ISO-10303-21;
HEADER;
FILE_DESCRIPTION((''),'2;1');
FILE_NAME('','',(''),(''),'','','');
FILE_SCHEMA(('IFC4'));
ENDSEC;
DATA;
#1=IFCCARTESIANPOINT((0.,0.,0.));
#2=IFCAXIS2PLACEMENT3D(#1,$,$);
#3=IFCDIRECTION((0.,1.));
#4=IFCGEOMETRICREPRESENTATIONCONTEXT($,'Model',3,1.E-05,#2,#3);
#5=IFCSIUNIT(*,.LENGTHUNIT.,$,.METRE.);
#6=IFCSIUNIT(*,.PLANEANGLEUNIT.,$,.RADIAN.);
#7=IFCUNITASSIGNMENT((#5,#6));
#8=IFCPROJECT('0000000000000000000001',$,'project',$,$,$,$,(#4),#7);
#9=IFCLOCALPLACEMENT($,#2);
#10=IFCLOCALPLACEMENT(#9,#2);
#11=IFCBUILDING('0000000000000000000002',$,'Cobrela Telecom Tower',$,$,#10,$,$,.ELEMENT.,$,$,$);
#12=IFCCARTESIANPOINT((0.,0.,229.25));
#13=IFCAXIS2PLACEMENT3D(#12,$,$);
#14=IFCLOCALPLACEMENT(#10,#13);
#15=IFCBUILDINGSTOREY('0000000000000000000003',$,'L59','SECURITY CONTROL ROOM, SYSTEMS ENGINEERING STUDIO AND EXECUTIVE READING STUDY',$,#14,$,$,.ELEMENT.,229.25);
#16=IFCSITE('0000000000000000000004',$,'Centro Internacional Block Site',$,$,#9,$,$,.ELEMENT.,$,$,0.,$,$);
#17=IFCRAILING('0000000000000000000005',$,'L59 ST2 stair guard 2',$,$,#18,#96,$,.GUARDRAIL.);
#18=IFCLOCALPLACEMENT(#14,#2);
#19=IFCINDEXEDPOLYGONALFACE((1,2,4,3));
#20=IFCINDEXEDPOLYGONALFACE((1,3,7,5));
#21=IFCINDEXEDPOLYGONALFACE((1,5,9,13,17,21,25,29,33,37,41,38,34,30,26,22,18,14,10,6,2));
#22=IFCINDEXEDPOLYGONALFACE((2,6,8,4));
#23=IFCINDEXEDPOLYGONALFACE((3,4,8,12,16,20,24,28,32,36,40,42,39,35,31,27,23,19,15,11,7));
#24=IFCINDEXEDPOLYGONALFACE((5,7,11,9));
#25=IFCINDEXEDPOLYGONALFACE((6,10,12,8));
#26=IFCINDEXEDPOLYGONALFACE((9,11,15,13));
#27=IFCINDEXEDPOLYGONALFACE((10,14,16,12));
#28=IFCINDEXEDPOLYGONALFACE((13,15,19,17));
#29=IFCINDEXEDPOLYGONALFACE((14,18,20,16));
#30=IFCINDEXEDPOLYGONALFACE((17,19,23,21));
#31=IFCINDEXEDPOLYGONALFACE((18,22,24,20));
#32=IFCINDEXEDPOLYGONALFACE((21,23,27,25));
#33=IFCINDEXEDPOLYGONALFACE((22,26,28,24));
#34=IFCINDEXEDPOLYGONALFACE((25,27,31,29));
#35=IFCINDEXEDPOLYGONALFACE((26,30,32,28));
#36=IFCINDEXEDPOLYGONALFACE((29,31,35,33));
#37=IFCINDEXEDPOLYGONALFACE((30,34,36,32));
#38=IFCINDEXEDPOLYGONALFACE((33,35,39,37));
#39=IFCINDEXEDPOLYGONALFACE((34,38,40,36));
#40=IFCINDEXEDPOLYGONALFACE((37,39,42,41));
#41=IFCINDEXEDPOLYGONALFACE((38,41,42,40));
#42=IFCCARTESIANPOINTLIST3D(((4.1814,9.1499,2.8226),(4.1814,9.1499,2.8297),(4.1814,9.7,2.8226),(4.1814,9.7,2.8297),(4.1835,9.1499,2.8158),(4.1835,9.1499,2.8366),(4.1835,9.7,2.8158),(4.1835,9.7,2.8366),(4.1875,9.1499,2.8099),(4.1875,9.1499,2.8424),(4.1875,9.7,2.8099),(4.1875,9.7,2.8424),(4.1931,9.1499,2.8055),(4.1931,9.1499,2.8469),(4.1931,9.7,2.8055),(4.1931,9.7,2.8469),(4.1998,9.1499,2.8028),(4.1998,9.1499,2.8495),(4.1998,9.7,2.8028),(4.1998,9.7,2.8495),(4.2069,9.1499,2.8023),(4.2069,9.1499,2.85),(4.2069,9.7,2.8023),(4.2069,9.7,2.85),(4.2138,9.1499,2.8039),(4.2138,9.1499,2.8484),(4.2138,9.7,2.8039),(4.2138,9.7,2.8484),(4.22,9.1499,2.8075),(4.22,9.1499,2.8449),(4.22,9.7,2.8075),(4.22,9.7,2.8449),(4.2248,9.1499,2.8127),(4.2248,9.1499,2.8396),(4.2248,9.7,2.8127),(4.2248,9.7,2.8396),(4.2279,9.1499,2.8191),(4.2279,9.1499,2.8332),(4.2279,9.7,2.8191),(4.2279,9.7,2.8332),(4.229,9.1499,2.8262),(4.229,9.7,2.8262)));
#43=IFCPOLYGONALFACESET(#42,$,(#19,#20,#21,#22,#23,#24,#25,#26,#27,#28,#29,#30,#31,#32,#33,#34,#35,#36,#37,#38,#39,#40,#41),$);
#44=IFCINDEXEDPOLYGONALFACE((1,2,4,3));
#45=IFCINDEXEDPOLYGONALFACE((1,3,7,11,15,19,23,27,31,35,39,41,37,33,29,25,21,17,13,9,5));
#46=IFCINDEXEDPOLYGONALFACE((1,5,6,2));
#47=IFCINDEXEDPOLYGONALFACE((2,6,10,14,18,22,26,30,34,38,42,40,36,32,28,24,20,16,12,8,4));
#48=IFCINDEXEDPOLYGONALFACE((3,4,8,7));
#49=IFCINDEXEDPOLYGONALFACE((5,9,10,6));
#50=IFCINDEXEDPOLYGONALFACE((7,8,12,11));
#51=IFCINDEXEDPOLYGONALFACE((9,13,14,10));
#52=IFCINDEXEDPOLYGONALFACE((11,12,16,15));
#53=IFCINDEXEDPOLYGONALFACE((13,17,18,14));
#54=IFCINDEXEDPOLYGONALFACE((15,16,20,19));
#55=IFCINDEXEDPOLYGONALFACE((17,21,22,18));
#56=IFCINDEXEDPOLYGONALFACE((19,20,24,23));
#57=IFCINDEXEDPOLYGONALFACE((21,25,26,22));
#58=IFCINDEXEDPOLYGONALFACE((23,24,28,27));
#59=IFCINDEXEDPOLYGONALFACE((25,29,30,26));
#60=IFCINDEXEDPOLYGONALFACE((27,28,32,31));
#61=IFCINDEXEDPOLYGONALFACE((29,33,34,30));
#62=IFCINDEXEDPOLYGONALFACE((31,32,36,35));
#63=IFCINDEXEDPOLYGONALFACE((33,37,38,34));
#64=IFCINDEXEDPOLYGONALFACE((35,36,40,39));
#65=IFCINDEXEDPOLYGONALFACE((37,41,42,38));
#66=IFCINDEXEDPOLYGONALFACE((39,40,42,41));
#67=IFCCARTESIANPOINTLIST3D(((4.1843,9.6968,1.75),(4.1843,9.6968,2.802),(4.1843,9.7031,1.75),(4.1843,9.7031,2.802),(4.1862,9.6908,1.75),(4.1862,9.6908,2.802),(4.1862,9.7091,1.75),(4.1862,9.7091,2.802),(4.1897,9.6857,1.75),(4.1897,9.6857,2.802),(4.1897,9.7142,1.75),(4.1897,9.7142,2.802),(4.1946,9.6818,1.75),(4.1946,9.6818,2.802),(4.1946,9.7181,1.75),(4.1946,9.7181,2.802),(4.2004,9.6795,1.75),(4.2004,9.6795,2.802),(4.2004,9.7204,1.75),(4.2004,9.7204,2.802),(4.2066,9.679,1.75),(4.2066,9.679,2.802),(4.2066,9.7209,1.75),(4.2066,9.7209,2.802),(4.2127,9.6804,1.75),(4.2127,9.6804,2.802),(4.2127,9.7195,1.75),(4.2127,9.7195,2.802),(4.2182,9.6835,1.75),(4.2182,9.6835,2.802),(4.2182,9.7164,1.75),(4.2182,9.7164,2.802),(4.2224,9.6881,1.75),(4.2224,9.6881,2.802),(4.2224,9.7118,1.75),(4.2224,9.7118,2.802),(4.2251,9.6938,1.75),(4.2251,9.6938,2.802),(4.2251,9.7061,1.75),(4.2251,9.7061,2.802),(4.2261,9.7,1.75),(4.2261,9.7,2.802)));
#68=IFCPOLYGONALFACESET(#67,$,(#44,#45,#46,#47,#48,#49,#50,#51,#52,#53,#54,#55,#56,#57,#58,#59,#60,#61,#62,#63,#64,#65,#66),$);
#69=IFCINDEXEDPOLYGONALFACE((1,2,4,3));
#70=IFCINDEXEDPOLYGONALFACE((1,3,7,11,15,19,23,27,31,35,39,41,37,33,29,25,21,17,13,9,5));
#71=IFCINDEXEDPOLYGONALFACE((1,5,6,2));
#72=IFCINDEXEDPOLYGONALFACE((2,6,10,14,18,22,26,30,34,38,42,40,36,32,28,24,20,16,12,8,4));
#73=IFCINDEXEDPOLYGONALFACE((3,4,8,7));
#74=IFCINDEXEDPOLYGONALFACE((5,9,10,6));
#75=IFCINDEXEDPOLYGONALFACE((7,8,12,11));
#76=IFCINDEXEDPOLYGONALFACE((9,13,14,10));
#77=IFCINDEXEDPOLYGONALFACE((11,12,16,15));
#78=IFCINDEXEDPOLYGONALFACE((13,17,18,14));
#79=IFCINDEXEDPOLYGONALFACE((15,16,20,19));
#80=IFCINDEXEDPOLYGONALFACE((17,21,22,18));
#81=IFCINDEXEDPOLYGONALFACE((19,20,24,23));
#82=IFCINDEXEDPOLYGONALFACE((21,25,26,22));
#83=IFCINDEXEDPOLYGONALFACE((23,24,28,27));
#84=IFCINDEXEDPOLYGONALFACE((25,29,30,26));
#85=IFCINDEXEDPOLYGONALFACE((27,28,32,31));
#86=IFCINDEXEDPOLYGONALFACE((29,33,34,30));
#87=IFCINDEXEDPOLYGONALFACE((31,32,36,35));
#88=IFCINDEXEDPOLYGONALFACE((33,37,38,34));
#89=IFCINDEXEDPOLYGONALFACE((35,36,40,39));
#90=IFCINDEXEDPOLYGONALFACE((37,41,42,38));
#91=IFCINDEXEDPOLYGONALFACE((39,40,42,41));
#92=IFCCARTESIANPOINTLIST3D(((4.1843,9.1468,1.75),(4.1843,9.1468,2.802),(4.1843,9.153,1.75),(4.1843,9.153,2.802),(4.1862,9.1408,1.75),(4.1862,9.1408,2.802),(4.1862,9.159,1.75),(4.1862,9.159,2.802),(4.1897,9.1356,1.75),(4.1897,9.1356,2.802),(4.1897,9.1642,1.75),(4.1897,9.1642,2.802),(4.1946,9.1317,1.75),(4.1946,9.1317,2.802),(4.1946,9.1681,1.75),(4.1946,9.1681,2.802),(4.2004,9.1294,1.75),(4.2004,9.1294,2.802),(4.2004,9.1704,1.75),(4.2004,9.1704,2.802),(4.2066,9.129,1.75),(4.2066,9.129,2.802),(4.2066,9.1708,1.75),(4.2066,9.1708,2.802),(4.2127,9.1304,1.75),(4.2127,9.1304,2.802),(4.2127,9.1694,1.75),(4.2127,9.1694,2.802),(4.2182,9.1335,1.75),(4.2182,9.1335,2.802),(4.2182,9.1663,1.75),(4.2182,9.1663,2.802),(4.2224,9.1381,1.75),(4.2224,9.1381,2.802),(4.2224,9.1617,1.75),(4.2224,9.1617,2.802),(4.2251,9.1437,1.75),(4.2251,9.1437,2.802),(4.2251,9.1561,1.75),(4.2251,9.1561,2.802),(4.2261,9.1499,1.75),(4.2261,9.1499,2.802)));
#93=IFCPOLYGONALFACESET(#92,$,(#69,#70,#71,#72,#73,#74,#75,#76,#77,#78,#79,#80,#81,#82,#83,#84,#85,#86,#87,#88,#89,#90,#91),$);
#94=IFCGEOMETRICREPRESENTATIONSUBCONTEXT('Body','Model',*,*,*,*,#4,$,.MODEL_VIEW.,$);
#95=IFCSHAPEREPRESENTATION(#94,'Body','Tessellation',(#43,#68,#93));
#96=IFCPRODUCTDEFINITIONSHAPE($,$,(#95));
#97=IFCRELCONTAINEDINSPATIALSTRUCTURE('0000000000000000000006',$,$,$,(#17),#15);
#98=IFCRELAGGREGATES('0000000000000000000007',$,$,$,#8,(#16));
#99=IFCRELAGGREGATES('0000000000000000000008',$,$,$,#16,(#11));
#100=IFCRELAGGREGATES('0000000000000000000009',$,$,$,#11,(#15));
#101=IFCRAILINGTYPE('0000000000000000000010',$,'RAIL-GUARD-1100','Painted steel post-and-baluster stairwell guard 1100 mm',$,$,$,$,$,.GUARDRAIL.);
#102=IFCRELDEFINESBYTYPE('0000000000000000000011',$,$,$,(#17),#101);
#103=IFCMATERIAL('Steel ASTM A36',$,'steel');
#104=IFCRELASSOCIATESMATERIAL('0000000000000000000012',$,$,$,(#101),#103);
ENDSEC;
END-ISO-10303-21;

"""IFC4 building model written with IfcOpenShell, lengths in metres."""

from ifc_helpers import new_model, si_unit, direction, frame, origin, origin_2d, place, context, subcontext, project, spatial, circle, extrude, material, type_object, element, save


model = new_model("IFC4")

# Units and contexts
model_context = context("Model", 3, precision=1e-05, world=origin(), true_north=direction((0.0, 1.0)))
body_context = subcontext(model_context, "Body", "Model", "MODEL_VIEW")
ifc_project = project(units=[si_unit("LENGTHUNIT", "METRE"), si_unit("PLANEANGLEUNIT", "RADIAN")], contexts=[model_context])

# Site, building, storey
site_placement = place(None, origin())
site = spatial("IfcSite", under=ifc_project, at=site_placement, Name="Centro Internacional Block Site", CompositionType="ELEMENT", RefElevation=0.0)
building_placement = place(site_placement, origin())
building = spatial("IfcBuilding", under=site, at=building_placement, Name="Cobrela Telecom Tower", CompositionType="ELEMENT")
storey_placement = place(building_placement, frame((0.0, 0.0, 229.25)))
storey = spatial("IfcBuildingStorey", under=building, at=storey_placement, Name="L59", Description="SECURITY CONTROL ROOM, SYSTEMS ENGINEERING STUDIO AND EXECUTIVE READING STUDY", CompositionType="ELEMENT", Elevation=229.25)

# Shared definitions
ifc_material_1 = material(Name="Steel ASTM A36", Category="steel")

# Railing
railing_type = type_object("IfcRailingType", Name="RAIL-GUARD-1100", Description="Painted steel post-and-baluster stairwell guard 1100 mm", PredefinedType="GUARDRAIL", material=ifc_material_1)
railing_1_placement = place(storey_placement, frame((4.2051, 9.7, 1.75)))
element("IfcRailing", 1, at=railing_1_placement, inside=storey, type_object=railing_type, Name="L59 ST2 stair guard 2", PredefinedType="GUARDRAIL", context=body_context, shape_type="SweptSolid", body=[
    extrude(circle(Radius=0.0239, at=origin_2d()), frame((0.0, 0.0, 1.0762), z_axis=(0.0, -1.0, 0.0), x_axis=(1.0, 0.0, 0.0)), (0.0, 0.0, 1.0), 0.55),
    extrude(circle(Radius=0.021, at=origin_2d()), origin(), (0.0, 0.0, 1.0), 1.052),
    extrude(circle(Radius=0.021, at=origin_2d()), frame((0.0, -0.55, 0.0)), (0.0, 0.0, 1.0), 1.052),
])

save(model, "model.ifc")
